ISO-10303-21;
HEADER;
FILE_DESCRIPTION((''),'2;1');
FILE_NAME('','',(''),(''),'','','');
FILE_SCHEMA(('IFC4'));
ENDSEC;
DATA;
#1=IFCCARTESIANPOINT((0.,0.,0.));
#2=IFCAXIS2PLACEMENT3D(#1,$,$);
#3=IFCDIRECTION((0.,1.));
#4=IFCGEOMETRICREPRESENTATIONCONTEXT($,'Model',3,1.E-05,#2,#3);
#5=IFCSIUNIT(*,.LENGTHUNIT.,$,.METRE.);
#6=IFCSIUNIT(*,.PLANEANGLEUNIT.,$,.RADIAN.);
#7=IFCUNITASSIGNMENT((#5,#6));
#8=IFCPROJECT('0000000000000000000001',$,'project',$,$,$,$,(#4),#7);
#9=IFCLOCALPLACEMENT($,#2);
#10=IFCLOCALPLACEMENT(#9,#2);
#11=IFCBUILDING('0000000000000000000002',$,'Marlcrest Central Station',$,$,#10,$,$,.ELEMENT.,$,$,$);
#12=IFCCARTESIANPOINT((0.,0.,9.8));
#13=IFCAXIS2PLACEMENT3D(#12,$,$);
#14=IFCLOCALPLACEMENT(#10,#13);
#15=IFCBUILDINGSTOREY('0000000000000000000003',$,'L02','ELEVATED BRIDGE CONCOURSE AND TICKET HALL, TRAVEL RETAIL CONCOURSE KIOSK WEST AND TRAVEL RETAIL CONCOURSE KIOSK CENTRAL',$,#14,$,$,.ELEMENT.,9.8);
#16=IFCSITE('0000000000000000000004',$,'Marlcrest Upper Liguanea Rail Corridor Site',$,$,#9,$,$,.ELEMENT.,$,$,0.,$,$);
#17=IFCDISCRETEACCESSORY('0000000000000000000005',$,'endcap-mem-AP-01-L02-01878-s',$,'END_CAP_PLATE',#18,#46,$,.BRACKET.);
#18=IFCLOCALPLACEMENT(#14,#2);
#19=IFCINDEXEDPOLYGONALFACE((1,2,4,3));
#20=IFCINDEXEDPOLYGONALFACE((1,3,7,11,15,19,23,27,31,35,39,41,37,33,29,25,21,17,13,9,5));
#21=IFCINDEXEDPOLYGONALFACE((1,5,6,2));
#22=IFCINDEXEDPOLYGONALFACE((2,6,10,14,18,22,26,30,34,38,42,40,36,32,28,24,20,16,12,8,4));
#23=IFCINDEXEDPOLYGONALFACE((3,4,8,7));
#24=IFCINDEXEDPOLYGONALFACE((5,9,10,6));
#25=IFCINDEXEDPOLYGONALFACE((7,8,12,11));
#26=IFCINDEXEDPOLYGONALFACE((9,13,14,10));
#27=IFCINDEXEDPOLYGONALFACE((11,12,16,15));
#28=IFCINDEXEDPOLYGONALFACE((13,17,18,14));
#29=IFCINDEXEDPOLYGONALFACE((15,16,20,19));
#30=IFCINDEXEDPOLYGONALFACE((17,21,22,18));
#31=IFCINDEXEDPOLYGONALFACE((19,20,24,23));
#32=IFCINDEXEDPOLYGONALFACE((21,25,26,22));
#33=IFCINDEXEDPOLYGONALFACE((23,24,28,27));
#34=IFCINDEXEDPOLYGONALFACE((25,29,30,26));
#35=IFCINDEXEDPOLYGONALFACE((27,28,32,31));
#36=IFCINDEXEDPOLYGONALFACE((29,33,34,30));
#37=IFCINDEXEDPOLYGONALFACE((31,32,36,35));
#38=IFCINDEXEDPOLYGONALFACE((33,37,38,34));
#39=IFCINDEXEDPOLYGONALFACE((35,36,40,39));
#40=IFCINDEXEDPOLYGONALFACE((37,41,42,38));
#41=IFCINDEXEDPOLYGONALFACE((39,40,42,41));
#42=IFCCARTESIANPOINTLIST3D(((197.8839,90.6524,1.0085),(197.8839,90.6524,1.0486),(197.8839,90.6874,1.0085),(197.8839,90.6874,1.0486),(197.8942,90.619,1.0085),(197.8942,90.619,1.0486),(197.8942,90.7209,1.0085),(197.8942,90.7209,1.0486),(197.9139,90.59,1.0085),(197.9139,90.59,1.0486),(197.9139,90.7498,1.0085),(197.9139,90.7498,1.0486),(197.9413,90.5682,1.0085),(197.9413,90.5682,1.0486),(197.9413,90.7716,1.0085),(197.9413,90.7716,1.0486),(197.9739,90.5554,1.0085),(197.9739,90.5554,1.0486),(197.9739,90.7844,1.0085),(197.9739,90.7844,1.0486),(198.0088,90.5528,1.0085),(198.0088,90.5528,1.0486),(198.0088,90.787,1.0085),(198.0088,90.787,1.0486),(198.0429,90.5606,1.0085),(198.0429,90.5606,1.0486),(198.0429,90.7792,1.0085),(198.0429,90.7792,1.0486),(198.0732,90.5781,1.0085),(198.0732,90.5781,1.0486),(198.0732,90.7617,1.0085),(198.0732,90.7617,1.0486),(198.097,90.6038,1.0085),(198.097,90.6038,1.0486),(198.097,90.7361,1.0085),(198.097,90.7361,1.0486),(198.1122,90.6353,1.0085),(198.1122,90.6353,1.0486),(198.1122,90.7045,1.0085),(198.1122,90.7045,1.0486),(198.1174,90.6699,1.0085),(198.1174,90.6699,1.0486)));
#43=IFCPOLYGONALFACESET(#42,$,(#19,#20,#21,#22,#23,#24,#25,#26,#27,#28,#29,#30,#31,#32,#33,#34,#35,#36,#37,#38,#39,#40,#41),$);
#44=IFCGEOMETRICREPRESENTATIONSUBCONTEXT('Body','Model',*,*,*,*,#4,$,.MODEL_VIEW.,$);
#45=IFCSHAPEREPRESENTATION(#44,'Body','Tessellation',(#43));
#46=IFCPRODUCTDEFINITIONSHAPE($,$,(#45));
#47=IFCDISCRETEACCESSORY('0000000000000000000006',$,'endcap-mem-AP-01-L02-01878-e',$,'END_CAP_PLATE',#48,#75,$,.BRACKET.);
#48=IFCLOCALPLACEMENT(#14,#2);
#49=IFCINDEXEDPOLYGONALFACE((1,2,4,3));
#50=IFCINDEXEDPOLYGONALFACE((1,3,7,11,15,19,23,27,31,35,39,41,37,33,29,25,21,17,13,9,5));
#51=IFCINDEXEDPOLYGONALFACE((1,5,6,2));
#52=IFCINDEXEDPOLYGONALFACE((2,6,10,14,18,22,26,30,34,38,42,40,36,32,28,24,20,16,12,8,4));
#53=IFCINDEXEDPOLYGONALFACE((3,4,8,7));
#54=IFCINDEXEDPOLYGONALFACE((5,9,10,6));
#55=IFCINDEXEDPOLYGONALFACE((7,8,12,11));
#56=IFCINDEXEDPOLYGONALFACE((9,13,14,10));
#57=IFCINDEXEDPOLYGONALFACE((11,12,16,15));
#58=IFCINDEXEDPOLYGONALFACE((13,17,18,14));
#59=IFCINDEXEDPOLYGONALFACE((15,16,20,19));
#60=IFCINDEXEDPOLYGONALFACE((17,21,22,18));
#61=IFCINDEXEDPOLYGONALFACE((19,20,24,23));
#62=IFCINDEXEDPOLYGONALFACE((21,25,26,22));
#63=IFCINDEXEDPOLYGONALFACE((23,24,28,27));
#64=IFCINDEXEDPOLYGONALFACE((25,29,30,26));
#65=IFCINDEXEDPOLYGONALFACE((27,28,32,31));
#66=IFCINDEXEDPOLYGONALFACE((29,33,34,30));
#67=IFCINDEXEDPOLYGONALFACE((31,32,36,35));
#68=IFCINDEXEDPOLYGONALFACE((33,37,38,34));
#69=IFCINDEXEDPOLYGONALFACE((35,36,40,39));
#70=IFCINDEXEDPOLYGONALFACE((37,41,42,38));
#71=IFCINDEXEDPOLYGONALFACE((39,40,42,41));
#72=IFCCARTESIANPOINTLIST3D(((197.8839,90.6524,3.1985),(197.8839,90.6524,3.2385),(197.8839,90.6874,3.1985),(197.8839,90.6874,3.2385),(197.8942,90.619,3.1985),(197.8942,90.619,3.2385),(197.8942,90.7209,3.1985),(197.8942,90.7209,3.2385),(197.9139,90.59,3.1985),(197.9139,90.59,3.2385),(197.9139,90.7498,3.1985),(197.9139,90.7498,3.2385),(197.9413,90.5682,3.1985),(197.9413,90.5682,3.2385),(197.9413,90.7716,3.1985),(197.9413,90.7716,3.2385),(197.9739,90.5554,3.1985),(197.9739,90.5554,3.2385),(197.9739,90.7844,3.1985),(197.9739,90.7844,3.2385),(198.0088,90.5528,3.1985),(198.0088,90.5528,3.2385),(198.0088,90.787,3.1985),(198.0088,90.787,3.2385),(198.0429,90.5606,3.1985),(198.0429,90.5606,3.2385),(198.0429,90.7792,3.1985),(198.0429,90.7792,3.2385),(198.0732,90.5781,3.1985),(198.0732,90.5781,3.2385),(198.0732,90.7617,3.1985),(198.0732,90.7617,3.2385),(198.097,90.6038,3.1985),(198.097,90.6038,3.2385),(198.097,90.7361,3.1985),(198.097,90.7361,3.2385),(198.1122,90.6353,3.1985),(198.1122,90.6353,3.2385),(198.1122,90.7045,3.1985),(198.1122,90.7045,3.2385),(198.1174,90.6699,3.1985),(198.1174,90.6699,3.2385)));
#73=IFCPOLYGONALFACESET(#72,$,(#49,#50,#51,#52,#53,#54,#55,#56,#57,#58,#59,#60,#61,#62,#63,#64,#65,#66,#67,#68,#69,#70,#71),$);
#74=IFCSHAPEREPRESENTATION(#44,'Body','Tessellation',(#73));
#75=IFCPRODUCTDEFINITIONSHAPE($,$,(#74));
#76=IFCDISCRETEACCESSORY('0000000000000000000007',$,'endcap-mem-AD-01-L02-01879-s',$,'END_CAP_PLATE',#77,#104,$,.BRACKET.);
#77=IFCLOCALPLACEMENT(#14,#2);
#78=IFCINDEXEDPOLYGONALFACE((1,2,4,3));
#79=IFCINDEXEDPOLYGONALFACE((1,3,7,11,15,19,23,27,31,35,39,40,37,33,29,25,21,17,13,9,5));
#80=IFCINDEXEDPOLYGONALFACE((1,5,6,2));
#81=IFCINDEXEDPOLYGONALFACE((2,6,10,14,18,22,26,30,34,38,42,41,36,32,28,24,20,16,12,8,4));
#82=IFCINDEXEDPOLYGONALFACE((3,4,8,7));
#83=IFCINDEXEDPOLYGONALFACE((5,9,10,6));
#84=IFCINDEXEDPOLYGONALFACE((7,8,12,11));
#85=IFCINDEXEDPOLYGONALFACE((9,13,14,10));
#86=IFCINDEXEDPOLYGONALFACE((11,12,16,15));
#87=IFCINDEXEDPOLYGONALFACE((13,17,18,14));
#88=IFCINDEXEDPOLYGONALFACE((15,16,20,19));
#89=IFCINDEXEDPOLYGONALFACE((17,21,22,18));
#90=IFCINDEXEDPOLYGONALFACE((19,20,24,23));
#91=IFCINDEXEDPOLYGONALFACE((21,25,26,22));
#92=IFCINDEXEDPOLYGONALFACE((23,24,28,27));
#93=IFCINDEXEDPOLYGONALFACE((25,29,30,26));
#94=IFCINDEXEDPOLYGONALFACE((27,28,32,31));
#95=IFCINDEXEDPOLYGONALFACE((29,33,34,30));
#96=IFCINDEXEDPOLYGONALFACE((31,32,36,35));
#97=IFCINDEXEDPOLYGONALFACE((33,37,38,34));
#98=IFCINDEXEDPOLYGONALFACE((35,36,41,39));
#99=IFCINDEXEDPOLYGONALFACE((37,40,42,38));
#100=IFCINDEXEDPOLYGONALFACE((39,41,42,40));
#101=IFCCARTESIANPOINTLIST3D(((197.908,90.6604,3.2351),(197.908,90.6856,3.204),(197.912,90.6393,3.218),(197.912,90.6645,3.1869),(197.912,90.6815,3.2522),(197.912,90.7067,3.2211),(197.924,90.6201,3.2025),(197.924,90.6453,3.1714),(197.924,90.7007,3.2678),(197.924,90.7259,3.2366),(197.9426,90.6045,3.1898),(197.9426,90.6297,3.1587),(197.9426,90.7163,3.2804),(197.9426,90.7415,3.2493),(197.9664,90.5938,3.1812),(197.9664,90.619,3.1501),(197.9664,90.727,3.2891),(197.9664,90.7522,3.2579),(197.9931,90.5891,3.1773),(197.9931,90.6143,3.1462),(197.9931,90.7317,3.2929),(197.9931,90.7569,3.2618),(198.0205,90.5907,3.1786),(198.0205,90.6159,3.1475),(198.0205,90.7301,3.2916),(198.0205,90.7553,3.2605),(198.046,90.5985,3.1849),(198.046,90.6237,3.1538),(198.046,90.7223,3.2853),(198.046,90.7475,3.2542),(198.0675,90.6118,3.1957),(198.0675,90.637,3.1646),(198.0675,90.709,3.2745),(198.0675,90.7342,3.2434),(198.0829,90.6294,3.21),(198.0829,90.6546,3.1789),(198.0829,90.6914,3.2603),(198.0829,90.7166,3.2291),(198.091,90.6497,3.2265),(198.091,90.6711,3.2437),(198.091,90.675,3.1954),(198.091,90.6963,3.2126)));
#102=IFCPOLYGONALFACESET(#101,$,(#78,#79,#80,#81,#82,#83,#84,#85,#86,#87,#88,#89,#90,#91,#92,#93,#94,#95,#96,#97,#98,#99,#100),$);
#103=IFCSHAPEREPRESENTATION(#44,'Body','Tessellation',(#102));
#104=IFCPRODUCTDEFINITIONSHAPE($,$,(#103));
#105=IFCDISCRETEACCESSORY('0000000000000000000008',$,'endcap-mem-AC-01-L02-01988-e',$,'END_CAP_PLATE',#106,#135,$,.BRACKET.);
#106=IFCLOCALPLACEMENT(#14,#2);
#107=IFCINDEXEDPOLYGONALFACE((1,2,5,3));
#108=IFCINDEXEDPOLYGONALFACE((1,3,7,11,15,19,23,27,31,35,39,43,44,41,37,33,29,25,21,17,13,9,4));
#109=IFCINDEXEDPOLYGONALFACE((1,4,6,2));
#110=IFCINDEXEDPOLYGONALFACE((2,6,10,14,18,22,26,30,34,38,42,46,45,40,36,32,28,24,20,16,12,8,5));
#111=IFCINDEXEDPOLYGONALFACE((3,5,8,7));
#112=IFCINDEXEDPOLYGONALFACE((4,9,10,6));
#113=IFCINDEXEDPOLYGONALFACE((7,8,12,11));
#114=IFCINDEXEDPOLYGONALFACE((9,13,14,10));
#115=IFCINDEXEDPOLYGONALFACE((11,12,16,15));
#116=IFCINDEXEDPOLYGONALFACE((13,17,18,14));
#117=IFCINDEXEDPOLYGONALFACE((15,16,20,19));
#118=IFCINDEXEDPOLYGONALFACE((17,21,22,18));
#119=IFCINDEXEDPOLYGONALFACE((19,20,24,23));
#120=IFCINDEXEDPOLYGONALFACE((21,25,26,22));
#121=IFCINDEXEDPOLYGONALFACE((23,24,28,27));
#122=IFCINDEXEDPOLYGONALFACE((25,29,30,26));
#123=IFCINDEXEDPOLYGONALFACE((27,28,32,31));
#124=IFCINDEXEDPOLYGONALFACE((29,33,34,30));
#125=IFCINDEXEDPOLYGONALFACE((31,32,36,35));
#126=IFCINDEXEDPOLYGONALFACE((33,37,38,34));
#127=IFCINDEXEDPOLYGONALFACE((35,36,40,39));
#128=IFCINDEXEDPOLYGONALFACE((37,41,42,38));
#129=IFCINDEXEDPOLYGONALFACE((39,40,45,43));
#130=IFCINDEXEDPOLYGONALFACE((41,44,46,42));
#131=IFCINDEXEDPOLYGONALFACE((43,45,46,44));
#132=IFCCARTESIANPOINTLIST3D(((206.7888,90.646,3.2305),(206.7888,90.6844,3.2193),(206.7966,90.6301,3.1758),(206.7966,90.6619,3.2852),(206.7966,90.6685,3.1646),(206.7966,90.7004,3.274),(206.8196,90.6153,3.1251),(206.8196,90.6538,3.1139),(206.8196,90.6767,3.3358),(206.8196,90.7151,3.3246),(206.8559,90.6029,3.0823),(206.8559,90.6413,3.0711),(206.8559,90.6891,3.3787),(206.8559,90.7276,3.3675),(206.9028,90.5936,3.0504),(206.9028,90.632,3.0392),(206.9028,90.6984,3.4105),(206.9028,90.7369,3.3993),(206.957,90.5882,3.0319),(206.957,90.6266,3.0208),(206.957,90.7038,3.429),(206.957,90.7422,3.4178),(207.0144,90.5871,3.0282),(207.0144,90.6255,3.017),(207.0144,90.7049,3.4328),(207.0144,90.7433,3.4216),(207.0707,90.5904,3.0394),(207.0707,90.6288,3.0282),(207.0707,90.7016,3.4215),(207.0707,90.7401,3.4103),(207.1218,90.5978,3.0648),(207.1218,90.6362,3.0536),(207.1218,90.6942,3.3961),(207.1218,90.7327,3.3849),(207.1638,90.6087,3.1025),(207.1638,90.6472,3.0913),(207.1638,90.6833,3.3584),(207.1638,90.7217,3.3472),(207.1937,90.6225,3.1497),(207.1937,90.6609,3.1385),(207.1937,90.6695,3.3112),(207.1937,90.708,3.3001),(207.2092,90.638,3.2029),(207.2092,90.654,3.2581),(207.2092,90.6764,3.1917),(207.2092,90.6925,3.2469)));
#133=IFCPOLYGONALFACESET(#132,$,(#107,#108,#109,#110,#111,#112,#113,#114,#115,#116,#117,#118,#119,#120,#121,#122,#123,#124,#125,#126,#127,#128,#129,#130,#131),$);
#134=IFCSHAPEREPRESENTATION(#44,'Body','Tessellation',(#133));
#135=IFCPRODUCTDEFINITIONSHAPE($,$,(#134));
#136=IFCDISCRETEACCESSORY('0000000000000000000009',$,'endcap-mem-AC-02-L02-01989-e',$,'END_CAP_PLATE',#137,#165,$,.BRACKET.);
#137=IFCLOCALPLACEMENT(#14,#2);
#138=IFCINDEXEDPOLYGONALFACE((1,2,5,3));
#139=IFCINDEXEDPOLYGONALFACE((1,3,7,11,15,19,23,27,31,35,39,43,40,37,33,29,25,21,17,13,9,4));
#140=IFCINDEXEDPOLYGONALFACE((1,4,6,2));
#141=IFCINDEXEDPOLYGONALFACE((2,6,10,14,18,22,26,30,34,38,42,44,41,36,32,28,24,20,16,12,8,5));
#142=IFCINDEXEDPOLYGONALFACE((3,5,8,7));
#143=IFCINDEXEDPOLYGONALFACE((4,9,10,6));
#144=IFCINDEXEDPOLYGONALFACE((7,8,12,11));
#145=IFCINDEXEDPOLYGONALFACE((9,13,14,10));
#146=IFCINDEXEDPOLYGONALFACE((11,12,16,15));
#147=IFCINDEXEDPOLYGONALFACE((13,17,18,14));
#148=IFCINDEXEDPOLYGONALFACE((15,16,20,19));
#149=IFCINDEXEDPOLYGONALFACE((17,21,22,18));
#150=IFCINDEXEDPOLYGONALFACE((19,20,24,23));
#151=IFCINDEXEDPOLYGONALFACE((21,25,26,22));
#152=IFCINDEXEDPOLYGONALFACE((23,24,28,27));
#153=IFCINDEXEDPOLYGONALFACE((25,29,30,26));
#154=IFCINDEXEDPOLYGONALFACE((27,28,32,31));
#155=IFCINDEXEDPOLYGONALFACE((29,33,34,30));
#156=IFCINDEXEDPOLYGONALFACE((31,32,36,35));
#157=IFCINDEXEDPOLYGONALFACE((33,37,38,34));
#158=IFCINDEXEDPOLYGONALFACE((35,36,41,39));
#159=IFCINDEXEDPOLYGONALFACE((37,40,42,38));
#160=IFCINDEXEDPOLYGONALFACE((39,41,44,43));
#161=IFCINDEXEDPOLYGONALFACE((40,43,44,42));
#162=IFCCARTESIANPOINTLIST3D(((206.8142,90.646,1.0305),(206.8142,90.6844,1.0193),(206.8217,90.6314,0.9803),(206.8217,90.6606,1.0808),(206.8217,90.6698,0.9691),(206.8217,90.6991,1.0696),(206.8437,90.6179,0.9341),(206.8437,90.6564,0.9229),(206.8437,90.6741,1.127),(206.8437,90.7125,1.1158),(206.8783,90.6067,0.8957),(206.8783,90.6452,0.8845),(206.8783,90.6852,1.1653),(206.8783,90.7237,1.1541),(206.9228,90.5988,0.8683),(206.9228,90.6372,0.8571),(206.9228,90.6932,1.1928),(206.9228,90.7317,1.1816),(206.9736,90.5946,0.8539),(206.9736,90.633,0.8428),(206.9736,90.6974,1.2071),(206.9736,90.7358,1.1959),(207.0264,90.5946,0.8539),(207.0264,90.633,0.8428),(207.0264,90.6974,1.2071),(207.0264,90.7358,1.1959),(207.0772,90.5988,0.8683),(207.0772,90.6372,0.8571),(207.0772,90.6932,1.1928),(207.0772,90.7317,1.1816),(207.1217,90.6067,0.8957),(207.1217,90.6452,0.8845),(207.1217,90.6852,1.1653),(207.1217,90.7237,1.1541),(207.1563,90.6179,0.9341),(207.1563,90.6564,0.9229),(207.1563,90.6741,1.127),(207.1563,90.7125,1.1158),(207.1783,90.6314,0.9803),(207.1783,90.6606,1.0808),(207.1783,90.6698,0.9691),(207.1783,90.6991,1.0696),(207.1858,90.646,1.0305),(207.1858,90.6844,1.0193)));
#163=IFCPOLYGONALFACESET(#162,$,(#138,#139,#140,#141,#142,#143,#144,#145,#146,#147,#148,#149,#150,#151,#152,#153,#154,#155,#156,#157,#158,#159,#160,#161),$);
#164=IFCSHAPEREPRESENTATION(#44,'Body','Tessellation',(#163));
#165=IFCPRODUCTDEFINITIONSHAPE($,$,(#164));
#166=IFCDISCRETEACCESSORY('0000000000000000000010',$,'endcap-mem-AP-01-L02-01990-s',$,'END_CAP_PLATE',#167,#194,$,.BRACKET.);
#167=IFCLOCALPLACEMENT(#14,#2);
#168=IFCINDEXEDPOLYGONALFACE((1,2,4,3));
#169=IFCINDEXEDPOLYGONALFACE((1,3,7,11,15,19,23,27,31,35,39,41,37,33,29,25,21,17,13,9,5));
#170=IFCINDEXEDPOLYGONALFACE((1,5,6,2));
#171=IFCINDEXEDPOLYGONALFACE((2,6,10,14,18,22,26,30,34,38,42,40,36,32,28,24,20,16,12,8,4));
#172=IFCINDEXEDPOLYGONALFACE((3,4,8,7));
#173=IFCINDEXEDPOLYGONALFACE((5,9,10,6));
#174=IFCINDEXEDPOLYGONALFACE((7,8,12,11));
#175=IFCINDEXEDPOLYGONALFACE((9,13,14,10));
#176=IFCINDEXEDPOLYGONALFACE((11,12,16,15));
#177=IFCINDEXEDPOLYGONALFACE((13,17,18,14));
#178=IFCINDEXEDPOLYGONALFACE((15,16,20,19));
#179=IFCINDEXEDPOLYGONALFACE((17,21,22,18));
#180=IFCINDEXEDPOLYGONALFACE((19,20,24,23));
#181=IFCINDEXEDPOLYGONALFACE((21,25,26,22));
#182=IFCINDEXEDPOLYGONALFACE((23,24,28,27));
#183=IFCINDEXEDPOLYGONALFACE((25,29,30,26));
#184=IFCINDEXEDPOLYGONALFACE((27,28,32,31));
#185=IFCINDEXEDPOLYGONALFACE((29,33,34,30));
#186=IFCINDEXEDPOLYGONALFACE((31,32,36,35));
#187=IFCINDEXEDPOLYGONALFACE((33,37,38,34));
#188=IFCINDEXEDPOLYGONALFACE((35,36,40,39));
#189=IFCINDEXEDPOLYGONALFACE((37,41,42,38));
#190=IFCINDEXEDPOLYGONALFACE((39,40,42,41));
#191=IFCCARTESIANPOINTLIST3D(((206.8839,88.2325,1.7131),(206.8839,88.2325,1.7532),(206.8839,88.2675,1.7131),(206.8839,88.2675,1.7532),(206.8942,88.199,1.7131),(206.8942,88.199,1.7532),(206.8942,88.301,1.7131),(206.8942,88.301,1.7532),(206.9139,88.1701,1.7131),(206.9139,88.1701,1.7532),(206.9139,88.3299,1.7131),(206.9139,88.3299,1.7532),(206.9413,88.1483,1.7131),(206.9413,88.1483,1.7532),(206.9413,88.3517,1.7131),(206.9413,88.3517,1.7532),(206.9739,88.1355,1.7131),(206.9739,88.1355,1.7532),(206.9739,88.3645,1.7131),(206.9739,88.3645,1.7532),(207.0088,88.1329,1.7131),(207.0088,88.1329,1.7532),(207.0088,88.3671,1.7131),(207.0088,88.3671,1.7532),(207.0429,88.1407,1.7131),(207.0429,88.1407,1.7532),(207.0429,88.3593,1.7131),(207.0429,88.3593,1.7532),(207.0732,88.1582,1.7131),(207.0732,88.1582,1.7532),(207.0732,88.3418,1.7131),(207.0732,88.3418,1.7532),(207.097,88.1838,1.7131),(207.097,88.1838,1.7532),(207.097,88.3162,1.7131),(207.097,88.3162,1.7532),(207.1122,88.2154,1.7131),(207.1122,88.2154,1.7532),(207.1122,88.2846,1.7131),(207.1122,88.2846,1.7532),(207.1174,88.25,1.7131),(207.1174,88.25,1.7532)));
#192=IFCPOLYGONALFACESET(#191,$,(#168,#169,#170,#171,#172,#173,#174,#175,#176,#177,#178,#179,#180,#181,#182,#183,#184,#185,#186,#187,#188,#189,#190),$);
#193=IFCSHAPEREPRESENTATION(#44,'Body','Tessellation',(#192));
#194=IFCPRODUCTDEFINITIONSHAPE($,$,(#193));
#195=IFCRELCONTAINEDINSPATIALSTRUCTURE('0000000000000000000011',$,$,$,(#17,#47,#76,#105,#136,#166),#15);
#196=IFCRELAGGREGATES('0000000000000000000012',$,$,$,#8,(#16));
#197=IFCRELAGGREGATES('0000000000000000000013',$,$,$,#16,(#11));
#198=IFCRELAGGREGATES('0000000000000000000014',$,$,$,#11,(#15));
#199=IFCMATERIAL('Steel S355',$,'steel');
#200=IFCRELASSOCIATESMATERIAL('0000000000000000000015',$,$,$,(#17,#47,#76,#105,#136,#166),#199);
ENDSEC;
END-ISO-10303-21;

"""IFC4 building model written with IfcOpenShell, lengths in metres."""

from ifc_helpers import new_model, si_unit, direction, frame, origin, origin_2d, place, context, subcontext, project, spatial, circle, extrude, material, element, save


model = new_model("IFC4")

# Units and contexts
model_context = context("Model", 3, precision=1e-05, world=origin(), true_north=direction((0.0, 1.0)))
body_context = subcontext(model_context, "Body", "Model", "MODEL_VIEW")
ifc_project = project(units=[si_unit("LENGTHUNIT", "METRE"), si_unit("PLANEANGLEUNIT", "RADIAN")], contexts=[model_context])

# Site, building, storey
site_placement = place(None, origin())
site = spatial("IfcSite", under=ifc_project, at=site_placement, Name="Marlcrest Upper Liguanea Rail Corridor Site", CompositionType="ELEMENT", RefElevation=0.0)
building_placement = place(site_placement, origin())
building = spatial("IfcBuilding", under=site, at=building_placement, Name="Marlcrest Central Station", CompositionType="ELEMENT")
storey_placement = place(building_placement, frame((0.0, 0.0, 9.8)))
storey = spatial("IfcBuildingStorey", under=building, at=storey_placement, Name="L02", Description="ELEVATED BRIDGE CONCOURSE AND TICKET HALL, TRAVEL RETAIL CONCOURSE KIOSK WEST AND TRAVEL RETAIL CONCOURSE KIOSK CENTRAL", CompositionType="ELEMENT", Elevation=9.8)

# Shared definitions
ifc_material_1 = material(Name="Steel S355", Category="steel")

# Discrete accessories
for number, where, z_axis, x_axis, name in (
    (1, (198.0, 90.6699, 1.0085), (0.0, 0.0, 1.0), (1.0, 0.0, 0.0), "endcap-mem-AP-01-L02-01878-s"),
    (2, (198.0, 90.6699, 3.1985), (0.0, 0.0, 1.0), (1.0, 0.0, 0.0), "endcap-mem-AP-01-L02-01878-e"),
):
    element("IfcDiscreteAccessory", number, at=place(storey_placement, frame(where, z_axis=z_axis, x_axis=x_axis)), inside=storey, material=ifc_material_1, Name=name, ObjectType="END_CAP_PLATE", PredefinedType="BRACKET", context=body_context, shape_type="SweptSolid", body=[
        extrude(circle(Radius=0.1174, at=origin_2d()), origin(), (0.0, 0.0, 1.0), 0.04),
    ])
discrete_accessory_1_placement = place(storey_placement, frame((198.0, 90.6604, 3.2351), z_axis=(0.0, 0.629629, -0.776896), x_axis=(-1.0, 0.0, 0.0)))
element("IfcDiscreteAccessory", 3, at=discrete_accessory_1_placement, inside=storey, material=ifc_material_1, Name="endcap-mem-AD-01-L02-01879-s", ObjectType="END_CAP_PLATE", PredefinedType="BRACKET", context=body_context, shape_type="SweptSolid", body=[
    extrude(circle(Radius=0.092, at=origin_2d()), origin(), (0.0, 0.0, 1.0), 0.04),
])
discrete_accessory_2_placement = place(storey_placement, frame((207.0, 90.646, 3.2305), z_axis=(0.0, 0.96013, -0.279554), x_axis=(-1.0, 0.0, 0.0)))
element("IfcDiscreteAccessory", 4, at=discrete_accessory_2_placement, inside=storey, material=ifc_material_1, Name="endcap-mem-AC-01-L02-01988-e", ObjectType="END_CAP_PLATE", PredefinedType="BRACKET", context=body_context, shape_type="SweptSolid", body=[
    extrude(circle(Radius=0.2112, at=origin_2d()), origin(), (0.0, 0.0, 1.0), 0.04),
])
discrete_accessory_3_placement = place(storey_placement, frame((207.0, 90.646, 1.0305), z_axis=(0.0, 0.96013, -0.279554), x_axis=(-1.0, 0.0, 0.0)))
element("IfcDiscreteAccessory", 5, at=discrete_accessory_3_placement, inside=storey, material=ifc_material_1, Name="endcap-mem-AC-02-L02-01989-e", ObjectType="END_CAP_PLATE", PredefinedType="BRACKET", context=body_context, shape_type="SweptSolid", body=[
    extrude(circle(Radius=0.1858, at=origin_2d()), origin(), (0.0, 0.0, 1.0), 0.04),
])
for number, where, z_axis, x_axis, name in (
    (6, (207.0, 88.25, 1.7131), (0.0, 0.0, 1.0), (1.0, 0.0, 0.0), "endcap-mem-AP-01-L02-01990-s"),
):
    element("IfcDiscreteAccessory", number, at=place(storey_placement, frame(where, z_axis=z_axis, x_axis=x_axis)), inside=storey, material=ifc_material_1, Name=name, ObjectType="END_CAP_PLATE", PredefinedType="BRACKET", context=body_context, shape_type="SweptSolid", body=[
        extrude(circle(Radius=0.1174, at=origin_2d()), origin(), (0.0, 0.0, 1.0), 0.04),
    ])

save(model, "model.ifc")
